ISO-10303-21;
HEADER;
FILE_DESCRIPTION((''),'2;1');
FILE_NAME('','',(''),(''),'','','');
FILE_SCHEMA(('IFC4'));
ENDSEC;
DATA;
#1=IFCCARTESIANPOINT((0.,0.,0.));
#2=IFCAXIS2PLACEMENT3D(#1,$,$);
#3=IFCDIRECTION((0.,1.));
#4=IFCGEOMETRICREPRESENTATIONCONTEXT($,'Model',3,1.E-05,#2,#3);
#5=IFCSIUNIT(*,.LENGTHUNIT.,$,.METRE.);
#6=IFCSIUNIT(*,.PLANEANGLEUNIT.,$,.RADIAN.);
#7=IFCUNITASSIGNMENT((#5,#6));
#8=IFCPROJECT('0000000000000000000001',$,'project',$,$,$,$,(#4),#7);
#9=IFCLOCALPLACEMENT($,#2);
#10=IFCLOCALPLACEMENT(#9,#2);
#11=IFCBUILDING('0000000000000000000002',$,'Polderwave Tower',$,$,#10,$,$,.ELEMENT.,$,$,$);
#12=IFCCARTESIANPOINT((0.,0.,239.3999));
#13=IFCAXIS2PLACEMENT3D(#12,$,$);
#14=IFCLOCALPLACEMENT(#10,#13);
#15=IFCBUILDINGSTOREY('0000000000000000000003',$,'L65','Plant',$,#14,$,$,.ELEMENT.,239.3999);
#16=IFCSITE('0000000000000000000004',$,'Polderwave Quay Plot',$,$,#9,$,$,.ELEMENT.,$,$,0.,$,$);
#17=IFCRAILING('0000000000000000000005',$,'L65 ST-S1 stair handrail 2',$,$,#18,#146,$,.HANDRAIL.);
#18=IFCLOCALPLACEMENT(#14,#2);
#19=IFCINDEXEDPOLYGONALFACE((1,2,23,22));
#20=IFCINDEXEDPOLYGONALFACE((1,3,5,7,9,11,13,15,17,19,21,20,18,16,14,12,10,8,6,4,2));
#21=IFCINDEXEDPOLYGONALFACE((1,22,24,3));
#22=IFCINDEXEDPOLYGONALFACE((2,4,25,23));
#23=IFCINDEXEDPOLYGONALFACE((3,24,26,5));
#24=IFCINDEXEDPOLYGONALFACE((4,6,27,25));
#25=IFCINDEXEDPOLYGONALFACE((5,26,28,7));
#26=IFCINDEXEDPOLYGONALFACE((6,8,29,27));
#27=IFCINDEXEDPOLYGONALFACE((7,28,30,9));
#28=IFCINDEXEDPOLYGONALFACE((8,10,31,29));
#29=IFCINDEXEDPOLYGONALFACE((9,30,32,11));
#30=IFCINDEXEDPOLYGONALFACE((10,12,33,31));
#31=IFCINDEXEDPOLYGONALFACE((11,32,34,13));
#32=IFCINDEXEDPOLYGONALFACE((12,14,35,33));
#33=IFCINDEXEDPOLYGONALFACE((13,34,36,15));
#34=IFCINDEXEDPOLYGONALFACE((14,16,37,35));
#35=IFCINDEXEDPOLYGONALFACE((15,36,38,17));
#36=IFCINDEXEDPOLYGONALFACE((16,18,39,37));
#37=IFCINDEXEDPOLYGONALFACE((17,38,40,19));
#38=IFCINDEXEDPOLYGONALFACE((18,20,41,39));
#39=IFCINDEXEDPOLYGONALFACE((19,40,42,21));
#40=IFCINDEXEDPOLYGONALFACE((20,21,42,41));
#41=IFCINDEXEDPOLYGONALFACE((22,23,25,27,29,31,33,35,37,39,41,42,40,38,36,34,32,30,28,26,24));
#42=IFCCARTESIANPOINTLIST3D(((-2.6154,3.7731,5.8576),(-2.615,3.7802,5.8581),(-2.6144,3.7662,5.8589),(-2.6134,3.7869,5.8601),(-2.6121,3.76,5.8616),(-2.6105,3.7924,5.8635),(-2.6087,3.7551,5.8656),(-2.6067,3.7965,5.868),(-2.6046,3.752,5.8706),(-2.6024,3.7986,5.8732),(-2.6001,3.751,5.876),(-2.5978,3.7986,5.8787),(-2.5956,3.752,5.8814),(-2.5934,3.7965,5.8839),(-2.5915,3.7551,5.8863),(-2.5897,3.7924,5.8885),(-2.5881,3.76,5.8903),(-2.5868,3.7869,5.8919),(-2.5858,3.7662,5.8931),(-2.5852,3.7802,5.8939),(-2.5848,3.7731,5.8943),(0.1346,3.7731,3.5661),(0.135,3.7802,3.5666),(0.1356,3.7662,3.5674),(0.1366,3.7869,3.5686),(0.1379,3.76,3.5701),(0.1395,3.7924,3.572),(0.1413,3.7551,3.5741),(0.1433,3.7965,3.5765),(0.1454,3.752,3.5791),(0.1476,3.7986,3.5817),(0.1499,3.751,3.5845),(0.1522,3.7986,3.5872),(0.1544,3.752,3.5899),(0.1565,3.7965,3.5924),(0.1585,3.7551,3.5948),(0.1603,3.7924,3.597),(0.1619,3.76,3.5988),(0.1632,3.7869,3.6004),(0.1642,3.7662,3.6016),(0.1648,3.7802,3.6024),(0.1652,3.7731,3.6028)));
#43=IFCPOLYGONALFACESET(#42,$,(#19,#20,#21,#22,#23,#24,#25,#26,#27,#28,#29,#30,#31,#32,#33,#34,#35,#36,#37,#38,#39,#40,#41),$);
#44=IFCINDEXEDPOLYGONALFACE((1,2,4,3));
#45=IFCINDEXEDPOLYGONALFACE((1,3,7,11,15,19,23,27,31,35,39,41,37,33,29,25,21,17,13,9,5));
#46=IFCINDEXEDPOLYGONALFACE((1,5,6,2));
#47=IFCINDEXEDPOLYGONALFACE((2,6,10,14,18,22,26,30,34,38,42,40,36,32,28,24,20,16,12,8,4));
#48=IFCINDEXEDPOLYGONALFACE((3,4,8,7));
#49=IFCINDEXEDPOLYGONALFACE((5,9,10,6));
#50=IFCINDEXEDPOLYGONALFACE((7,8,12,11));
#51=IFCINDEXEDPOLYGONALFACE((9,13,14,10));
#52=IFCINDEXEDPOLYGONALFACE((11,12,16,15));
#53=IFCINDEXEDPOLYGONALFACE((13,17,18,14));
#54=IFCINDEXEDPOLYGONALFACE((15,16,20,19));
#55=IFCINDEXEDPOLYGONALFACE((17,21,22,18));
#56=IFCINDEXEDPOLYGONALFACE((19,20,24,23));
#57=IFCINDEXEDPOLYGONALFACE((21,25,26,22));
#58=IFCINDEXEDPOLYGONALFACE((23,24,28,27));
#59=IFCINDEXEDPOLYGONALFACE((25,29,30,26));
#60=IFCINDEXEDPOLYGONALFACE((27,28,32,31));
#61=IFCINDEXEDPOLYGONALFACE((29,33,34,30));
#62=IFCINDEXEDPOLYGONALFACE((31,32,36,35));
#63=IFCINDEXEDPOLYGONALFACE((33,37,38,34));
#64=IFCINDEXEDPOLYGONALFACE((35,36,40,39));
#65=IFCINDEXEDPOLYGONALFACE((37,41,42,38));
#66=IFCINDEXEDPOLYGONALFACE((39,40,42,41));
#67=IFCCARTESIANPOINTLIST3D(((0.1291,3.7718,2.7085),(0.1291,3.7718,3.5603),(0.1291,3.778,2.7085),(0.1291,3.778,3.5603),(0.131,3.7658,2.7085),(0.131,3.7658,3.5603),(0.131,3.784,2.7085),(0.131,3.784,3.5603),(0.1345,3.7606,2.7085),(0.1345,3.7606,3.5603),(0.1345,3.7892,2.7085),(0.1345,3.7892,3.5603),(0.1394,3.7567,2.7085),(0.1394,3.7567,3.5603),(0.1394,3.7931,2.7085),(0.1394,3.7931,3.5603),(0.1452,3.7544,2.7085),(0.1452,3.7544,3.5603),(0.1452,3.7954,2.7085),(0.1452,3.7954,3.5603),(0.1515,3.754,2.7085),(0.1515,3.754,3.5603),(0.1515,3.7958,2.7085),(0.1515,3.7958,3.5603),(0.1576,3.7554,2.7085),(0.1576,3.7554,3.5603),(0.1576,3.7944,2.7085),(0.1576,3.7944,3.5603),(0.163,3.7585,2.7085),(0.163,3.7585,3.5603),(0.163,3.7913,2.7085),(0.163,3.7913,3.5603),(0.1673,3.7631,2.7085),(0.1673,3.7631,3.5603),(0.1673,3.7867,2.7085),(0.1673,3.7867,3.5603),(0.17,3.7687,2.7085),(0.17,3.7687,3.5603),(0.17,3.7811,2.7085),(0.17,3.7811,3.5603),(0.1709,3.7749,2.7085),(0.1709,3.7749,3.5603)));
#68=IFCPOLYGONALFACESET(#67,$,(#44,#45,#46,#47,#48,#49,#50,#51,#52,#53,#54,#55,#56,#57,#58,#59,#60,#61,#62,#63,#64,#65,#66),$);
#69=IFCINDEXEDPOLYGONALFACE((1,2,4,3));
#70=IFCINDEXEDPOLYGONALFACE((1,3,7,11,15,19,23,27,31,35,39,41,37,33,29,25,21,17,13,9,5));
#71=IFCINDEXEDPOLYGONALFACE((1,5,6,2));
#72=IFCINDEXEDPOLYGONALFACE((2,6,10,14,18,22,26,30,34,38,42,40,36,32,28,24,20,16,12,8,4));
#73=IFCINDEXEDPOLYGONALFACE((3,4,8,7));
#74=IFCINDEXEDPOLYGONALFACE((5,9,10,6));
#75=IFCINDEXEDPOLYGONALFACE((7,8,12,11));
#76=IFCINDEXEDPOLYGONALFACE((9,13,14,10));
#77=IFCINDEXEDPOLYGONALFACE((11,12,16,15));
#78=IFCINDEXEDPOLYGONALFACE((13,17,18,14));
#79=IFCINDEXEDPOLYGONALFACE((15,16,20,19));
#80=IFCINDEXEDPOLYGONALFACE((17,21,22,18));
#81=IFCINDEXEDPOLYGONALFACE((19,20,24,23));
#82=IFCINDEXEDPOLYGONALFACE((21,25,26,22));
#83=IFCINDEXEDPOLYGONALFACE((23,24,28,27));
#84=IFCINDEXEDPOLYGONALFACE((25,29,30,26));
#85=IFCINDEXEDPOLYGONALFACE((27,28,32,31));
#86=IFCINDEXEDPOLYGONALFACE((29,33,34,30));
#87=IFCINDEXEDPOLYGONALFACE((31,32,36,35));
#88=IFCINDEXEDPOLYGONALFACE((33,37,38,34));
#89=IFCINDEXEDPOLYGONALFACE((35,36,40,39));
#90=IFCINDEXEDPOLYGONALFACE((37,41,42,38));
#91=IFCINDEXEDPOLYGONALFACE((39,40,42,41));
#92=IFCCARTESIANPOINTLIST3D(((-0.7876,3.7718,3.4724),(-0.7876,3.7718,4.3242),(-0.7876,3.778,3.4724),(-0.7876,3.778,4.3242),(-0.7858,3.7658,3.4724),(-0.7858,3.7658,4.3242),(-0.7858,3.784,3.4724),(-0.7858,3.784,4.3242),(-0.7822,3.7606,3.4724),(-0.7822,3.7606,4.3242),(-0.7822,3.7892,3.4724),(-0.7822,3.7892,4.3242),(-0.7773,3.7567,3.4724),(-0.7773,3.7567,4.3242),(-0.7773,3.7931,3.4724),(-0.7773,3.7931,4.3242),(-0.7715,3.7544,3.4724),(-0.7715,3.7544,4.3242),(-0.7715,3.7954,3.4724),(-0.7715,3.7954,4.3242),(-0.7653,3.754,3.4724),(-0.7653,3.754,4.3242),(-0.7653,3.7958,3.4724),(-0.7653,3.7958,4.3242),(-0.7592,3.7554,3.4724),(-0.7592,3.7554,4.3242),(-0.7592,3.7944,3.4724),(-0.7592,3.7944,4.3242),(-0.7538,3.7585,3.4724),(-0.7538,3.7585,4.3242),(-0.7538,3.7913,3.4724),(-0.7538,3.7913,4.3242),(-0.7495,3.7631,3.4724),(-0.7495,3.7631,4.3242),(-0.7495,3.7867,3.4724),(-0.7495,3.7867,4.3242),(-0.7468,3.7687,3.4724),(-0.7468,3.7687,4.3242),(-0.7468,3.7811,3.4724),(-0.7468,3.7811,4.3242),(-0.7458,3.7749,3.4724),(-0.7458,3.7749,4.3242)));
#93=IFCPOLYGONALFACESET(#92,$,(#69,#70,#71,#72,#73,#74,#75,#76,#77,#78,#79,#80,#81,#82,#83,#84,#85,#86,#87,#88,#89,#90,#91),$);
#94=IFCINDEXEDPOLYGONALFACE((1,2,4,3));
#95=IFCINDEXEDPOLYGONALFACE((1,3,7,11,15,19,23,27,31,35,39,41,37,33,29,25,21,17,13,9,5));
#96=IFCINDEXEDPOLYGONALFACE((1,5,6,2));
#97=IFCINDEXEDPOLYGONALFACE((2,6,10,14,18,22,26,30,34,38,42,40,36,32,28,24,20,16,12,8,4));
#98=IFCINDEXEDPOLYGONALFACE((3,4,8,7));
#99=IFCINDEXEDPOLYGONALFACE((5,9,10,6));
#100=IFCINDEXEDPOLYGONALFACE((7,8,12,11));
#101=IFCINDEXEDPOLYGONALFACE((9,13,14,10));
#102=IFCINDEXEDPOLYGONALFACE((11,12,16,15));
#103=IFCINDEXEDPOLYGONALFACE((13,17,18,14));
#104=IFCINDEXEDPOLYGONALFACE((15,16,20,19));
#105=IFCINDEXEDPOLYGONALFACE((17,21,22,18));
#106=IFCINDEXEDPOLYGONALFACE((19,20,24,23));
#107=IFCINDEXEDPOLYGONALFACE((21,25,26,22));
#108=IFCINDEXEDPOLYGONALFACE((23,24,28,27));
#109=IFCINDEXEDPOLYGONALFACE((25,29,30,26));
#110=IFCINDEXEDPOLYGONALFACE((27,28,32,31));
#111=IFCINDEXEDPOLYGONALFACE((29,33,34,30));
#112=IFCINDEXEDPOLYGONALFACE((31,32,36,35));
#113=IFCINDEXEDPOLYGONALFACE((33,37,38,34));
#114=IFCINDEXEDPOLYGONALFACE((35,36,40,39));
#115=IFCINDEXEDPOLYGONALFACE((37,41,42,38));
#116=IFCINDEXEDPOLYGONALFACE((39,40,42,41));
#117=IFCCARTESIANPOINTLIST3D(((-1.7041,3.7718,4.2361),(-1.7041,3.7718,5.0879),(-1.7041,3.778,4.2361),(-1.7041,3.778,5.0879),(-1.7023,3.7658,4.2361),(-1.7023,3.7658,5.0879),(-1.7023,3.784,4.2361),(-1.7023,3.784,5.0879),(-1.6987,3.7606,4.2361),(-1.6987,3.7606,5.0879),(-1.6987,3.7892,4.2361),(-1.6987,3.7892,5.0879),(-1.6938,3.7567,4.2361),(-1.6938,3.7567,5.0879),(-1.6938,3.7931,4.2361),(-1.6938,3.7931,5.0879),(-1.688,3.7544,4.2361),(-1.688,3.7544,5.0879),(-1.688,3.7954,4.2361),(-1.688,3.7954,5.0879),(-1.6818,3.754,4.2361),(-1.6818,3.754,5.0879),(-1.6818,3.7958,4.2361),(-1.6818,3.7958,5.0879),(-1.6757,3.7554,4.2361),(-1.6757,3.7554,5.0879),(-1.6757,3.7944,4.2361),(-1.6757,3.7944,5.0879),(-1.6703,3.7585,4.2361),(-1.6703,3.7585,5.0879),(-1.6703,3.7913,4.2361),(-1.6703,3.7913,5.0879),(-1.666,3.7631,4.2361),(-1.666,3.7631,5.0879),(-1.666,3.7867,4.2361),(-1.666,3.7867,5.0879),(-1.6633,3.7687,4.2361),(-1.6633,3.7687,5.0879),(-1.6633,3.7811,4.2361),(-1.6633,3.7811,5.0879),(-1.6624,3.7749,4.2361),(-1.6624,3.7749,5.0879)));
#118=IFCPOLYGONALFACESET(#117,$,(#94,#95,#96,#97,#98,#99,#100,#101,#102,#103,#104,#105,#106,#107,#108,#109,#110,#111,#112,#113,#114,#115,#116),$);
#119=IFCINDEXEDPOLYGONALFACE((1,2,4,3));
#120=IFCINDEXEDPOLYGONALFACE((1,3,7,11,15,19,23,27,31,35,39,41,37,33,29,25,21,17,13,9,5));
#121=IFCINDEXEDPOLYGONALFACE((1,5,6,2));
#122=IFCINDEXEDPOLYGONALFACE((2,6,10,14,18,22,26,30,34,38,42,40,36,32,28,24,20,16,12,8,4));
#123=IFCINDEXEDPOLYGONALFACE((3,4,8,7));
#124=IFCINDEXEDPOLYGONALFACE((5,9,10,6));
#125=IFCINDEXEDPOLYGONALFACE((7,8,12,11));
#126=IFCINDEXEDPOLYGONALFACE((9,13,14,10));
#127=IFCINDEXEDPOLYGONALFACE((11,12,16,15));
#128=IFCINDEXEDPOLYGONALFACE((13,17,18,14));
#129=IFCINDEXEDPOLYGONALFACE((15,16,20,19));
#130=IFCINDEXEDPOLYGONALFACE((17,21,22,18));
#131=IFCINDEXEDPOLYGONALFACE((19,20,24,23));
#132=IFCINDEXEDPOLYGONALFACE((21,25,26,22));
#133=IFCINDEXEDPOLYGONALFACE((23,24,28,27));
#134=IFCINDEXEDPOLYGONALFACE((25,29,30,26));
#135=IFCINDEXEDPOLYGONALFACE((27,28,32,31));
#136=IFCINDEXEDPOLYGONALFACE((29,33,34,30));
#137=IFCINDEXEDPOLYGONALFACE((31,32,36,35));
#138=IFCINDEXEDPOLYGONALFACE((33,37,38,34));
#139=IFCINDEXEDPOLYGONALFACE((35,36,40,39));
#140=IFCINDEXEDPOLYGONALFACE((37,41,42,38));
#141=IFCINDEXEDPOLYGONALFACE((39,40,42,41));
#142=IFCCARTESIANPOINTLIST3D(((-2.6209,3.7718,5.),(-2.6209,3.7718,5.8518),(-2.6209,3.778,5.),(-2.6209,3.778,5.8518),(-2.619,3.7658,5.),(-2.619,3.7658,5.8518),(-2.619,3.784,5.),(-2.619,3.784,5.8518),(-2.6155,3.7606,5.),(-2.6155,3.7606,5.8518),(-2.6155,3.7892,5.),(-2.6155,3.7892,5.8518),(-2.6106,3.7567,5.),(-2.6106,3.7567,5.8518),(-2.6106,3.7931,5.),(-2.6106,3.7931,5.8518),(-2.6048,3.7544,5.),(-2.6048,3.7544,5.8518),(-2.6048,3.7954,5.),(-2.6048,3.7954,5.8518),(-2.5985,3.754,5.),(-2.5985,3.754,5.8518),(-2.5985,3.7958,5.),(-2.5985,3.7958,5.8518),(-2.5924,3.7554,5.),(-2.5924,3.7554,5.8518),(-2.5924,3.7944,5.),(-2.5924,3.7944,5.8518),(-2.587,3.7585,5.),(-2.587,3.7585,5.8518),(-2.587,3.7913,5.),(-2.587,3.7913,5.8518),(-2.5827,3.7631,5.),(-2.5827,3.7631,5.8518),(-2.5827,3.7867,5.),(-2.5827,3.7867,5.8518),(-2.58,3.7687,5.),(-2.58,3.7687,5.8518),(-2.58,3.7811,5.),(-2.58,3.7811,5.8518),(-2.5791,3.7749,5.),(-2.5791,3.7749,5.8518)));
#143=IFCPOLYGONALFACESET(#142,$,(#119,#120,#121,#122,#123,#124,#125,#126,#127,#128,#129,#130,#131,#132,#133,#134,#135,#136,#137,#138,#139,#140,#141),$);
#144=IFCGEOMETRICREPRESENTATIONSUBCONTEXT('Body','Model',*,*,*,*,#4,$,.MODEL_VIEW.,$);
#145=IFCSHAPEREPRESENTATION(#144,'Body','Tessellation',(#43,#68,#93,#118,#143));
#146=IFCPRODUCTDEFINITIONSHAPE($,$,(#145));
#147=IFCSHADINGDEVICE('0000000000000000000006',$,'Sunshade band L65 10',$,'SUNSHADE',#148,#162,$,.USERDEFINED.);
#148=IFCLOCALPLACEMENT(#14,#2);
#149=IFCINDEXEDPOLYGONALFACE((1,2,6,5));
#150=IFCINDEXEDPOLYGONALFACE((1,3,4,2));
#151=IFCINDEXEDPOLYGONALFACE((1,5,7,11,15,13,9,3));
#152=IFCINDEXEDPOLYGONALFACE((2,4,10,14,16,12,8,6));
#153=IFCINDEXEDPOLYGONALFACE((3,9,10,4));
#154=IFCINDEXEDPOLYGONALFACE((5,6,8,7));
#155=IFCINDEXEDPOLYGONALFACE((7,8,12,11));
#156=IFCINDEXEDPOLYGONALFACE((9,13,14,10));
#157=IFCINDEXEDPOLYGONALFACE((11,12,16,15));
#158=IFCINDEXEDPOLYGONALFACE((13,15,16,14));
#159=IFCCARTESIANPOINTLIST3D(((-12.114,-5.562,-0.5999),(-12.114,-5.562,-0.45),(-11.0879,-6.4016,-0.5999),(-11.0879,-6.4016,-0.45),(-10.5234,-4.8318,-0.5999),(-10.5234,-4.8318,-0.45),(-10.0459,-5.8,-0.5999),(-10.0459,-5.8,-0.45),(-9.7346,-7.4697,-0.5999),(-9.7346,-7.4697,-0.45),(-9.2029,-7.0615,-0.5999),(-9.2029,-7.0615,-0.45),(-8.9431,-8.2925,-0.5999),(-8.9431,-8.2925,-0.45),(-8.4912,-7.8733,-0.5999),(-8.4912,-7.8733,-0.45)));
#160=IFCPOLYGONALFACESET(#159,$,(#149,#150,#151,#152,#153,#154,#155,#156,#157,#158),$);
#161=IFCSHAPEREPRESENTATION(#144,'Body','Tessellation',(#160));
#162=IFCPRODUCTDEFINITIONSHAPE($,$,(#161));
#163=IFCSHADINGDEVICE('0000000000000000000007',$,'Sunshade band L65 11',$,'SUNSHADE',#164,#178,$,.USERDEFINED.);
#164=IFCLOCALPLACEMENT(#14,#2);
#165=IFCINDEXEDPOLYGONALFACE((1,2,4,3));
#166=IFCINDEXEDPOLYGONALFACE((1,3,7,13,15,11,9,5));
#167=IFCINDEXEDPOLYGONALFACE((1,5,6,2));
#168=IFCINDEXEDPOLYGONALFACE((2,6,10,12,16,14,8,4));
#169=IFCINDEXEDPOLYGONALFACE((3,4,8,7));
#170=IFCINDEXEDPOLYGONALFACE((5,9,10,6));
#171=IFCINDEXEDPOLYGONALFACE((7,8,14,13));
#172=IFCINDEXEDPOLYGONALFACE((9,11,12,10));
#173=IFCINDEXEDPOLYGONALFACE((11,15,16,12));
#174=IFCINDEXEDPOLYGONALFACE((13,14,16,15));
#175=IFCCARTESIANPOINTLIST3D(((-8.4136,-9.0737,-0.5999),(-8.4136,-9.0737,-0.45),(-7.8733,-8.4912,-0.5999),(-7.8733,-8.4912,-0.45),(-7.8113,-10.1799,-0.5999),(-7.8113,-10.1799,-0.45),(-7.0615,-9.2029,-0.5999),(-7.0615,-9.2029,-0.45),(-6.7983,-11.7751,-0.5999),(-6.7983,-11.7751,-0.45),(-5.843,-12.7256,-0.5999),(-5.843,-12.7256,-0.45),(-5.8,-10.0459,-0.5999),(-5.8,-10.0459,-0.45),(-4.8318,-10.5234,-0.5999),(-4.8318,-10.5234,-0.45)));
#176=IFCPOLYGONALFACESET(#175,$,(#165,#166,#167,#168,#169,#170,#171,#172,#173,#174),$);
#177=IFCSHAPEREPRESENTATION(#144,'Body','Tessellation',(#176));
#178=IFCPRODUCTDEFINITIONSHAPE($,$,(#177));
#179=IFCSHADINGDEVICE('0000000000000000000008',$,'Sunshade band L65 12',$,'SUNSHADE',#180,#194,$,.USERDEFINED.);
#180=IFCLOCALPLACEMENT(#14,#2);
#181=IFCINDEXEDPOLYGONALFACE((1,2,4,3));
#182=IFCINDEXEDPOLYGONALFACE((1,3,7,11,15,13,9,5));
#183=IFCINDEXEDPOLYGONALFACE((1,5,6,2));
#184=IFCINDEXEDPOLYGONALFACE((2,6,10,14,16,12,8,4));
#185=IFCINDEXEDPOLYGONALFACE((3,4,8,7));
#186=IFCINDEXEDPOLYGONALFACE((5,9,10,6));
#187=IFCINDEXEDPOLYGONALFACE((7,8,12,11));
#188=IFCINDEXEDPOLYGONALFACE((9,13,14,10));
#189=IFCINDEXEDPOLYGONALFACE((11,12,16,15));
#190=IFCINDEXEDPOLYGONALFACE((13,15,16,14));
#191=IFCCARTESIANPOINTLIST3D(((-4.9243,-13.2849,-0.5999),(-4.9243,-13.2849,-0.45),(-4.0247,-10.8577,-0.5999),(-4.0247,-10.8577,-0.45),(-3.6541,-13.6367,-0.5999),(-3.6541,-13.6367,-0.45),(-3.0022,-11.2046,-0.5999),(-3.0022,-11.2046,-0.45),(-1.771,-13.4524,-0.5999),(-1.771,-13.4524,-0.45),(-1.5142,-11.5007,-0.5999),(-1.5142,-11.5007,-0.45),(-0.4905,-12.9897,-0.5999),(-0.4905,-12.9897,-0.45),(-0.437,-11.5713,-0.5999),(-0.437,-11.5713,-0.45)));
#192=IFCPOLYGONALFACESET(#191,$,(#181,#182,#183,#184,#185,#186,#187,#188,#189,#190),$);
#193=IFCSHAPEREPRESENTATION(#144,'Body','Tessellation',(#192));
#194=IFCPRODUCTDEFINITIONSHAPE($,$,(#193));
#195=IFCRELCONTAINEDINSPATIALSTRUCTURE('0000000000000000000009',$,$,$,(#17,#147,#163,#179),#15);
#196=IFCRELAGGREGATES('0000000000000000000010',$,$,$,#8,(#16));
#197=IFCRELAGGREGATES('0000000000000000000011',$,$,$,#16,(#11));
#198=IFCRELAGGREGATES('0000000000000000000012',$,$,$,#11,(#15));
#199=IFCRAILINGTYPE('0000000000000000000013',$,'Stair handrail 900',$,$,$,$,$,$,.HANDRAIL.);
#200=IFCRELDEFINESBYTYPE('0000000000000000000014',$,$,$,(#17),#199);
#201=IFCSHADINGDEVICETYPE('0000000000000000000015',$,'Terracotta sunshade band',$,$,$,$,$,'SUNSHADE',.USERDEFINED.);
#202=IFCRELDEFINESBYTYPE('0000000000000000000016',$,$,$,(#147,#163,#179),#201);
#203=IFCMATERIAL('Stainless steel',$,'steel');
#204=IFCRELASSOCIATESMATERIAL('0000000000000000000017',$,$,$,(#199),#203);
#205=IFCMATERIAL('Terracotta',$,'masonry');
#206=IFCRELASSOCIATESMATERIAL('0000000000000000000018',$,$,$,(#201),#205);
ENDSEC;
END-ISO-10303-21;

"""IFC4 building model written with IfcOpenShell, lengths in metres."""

from ifc_helpers import new_model, si_unit, direction, frame, origin, origin_2d, place, context, subcontext, project, spatial, polyline, circle, outline, extrude, material, type_object, element, save


model = new_model("IFC4")

# Units and contexts
model_context = context("Model", 3, precision=1e-05, world=origin(), true_north=direction((0.0, 1.0)))
body_context = subcontext(model_context, "Body", "Model", "MODEL_VIEW")
ifc_project = project(units=[si_unit("LENGTHUNIT", "METRE"), si_unit("PLANEANGLEUNIT", "RADIAN")], contexts=[model_context])

# Site, building, storey
site_placement = place(None, origin())
site = spatial("IfcSite", under=ifc_project, at=site_placement, Name="Polderwave Quay Plot", CompositionType="ELEMENT", RefElevation=0.0)
building_placement = place(site_placement, origin())
building = spatial("IfcBuilding", under=site, at=building_placement, Name="Polderwave Tower", CompositionType="ELEMENT")
storey_placement = place(building_placement, frame((0.0, 0.0, 239.3999)))
storey = spatial("IfcBuildingStorey", under=building, at=storey_placement, Name="L65", Description="Plant", CompositionType="ELEMENT", Elevation=239.3999)

# Railing
ifc_material_1 = material(Name="Stainless steel", Category="steel")
railing_type_1 = type_object("IfcRailingType", Name="Stair handrail 900", PredefinedType="HANDRAIL", material=ifc_material_1)
railing_1_placement = place(storey_placement, frame((0.1499, 3.7749, 2.7085)))
element("IfcRailing", 1, at=railing_1_placement, inside=storey, type_object=railing_type_1, Name="L65 ST-S1 stair handrail 2", PredefinedType="HANDRAIL", context=body_context, shape_type="SweptSolid", body=[
    extrude(circle(Radius=0.0239, at=origin_2d()), frame((0.0, 0.0, 0.876), z_axis=(-0.768244, 0.0, 0.640158), x_axis=(0.0, -1.0, 0.0)), (0.0, 0.0, 1.0), 3.5796),
    extrude(circle(Radius=0.021, at=origin_2d()), origin(), (0.0, 0.0, 1.0), 0.8518),
    extrude(circle(Radius=0.021, at=origin_2d()), frame((-0.9167, 0.0, 0.7639)), (0.0, 0.0, 1.0), 0.8518),
    extrude(circle(Radius=0.021, at=origin_2d()), frame((-1.8333, 0.0, 1.5276)), (0.0, 0.0, 1.0), 0.8518),
    extrude(circle(Radius=0.021, at=origin_2d()), frame((-2.75, 0.0, 2.2915)), (0.0, 0.0, 1.0), 0.8518),
])

# Shading devices
ifc_material_2 = material(Name="Terracotta", Category="masonry")
shading_device_type = type_object("IfcShadingDeviceType", Name="Terracotta sunshade band", ElementType="SUNSHADE", PredefinedType="USERDEFINED", material=ifc_material_2)
shading_device_1_placement = place(storey_placement, frame((0.0, 0.0, -0.5999)))
element("IfcShadingDevice", 2, at=shading_device_1_placement, inside=storey, type_object=shading_device_type, Name="Sunshade band L65 10", ObjectType="SUNSHADE", PredefinedType="USERDEFINED", context=body_context, shape_type="SweptSolid", body=[
    extrude(outline(polyline([(-10.5234, -4.8318), (-10.0459, -5.8), (-9.2029, -7.0615), (-8.4912, -7.8733), (-8.9431, -8.2925), (-9.7346, -7.4697), (-11.0879, -6.4016), (-12.114, -5.562), (-10.5234, -4.8318)])), origin(), (0.0, 0.0, 1.0), 0.1499),
])
shading_device_2_placement = place(storey_placement, frame((0.0, 0.0, -0.5999)))
element("IfcShadingDevice", 3, at=shading_device_2_placement, inside=storey, type_object=shading_device_type, Name="Sunshade band L65 11", ObjectType="SUNSHADE", PredefinedType="USERDEFINED", context=body_context, shape_type="SweptSolid", body=[
    extrude(outline(polyline([(-7.8733, -8.4912), (-7.0615, -9.2029), (-5.8, -10.0459), (-4.8318, -10.5234), (-5.843, -12.7256), (-6.7983, -11.7751), (-7.8113, -10.1799), (-8.4136, -9.0737), (-7.8733, -8.4912)])), origin(), (0.0, 0.0, 1.0), 0.1499),
])
shading_device_3_placement = place(storey_placement, frame((0.0, 0.0, -0.5999)))
element("IfcShadingDevice", 4, at=shading_device_3_placement, inside=storey, type_object=shading_device_type, Name="Sunshade band L65 12", ObjectType="SUNSHADE", PredefinedType="USERDEFINED", context=body_context, shape_type="SweptSolid", body=[
    extrude(outline(polyline([(-4.0247, -10.8577), (-3.0022, -11.2046), (-1.5142, -11.5007), (-0.437, -11.5713), (-0.4905, -12.9897), (-1.771, -13.4524), (-3.6541, -13.6367), (-4.9243, -13.2849), (-4.0247, -10.8577)])), origin(), (0.0, 0.0, 1.0), 0.1499),
])

save(model, "model.ifc")
